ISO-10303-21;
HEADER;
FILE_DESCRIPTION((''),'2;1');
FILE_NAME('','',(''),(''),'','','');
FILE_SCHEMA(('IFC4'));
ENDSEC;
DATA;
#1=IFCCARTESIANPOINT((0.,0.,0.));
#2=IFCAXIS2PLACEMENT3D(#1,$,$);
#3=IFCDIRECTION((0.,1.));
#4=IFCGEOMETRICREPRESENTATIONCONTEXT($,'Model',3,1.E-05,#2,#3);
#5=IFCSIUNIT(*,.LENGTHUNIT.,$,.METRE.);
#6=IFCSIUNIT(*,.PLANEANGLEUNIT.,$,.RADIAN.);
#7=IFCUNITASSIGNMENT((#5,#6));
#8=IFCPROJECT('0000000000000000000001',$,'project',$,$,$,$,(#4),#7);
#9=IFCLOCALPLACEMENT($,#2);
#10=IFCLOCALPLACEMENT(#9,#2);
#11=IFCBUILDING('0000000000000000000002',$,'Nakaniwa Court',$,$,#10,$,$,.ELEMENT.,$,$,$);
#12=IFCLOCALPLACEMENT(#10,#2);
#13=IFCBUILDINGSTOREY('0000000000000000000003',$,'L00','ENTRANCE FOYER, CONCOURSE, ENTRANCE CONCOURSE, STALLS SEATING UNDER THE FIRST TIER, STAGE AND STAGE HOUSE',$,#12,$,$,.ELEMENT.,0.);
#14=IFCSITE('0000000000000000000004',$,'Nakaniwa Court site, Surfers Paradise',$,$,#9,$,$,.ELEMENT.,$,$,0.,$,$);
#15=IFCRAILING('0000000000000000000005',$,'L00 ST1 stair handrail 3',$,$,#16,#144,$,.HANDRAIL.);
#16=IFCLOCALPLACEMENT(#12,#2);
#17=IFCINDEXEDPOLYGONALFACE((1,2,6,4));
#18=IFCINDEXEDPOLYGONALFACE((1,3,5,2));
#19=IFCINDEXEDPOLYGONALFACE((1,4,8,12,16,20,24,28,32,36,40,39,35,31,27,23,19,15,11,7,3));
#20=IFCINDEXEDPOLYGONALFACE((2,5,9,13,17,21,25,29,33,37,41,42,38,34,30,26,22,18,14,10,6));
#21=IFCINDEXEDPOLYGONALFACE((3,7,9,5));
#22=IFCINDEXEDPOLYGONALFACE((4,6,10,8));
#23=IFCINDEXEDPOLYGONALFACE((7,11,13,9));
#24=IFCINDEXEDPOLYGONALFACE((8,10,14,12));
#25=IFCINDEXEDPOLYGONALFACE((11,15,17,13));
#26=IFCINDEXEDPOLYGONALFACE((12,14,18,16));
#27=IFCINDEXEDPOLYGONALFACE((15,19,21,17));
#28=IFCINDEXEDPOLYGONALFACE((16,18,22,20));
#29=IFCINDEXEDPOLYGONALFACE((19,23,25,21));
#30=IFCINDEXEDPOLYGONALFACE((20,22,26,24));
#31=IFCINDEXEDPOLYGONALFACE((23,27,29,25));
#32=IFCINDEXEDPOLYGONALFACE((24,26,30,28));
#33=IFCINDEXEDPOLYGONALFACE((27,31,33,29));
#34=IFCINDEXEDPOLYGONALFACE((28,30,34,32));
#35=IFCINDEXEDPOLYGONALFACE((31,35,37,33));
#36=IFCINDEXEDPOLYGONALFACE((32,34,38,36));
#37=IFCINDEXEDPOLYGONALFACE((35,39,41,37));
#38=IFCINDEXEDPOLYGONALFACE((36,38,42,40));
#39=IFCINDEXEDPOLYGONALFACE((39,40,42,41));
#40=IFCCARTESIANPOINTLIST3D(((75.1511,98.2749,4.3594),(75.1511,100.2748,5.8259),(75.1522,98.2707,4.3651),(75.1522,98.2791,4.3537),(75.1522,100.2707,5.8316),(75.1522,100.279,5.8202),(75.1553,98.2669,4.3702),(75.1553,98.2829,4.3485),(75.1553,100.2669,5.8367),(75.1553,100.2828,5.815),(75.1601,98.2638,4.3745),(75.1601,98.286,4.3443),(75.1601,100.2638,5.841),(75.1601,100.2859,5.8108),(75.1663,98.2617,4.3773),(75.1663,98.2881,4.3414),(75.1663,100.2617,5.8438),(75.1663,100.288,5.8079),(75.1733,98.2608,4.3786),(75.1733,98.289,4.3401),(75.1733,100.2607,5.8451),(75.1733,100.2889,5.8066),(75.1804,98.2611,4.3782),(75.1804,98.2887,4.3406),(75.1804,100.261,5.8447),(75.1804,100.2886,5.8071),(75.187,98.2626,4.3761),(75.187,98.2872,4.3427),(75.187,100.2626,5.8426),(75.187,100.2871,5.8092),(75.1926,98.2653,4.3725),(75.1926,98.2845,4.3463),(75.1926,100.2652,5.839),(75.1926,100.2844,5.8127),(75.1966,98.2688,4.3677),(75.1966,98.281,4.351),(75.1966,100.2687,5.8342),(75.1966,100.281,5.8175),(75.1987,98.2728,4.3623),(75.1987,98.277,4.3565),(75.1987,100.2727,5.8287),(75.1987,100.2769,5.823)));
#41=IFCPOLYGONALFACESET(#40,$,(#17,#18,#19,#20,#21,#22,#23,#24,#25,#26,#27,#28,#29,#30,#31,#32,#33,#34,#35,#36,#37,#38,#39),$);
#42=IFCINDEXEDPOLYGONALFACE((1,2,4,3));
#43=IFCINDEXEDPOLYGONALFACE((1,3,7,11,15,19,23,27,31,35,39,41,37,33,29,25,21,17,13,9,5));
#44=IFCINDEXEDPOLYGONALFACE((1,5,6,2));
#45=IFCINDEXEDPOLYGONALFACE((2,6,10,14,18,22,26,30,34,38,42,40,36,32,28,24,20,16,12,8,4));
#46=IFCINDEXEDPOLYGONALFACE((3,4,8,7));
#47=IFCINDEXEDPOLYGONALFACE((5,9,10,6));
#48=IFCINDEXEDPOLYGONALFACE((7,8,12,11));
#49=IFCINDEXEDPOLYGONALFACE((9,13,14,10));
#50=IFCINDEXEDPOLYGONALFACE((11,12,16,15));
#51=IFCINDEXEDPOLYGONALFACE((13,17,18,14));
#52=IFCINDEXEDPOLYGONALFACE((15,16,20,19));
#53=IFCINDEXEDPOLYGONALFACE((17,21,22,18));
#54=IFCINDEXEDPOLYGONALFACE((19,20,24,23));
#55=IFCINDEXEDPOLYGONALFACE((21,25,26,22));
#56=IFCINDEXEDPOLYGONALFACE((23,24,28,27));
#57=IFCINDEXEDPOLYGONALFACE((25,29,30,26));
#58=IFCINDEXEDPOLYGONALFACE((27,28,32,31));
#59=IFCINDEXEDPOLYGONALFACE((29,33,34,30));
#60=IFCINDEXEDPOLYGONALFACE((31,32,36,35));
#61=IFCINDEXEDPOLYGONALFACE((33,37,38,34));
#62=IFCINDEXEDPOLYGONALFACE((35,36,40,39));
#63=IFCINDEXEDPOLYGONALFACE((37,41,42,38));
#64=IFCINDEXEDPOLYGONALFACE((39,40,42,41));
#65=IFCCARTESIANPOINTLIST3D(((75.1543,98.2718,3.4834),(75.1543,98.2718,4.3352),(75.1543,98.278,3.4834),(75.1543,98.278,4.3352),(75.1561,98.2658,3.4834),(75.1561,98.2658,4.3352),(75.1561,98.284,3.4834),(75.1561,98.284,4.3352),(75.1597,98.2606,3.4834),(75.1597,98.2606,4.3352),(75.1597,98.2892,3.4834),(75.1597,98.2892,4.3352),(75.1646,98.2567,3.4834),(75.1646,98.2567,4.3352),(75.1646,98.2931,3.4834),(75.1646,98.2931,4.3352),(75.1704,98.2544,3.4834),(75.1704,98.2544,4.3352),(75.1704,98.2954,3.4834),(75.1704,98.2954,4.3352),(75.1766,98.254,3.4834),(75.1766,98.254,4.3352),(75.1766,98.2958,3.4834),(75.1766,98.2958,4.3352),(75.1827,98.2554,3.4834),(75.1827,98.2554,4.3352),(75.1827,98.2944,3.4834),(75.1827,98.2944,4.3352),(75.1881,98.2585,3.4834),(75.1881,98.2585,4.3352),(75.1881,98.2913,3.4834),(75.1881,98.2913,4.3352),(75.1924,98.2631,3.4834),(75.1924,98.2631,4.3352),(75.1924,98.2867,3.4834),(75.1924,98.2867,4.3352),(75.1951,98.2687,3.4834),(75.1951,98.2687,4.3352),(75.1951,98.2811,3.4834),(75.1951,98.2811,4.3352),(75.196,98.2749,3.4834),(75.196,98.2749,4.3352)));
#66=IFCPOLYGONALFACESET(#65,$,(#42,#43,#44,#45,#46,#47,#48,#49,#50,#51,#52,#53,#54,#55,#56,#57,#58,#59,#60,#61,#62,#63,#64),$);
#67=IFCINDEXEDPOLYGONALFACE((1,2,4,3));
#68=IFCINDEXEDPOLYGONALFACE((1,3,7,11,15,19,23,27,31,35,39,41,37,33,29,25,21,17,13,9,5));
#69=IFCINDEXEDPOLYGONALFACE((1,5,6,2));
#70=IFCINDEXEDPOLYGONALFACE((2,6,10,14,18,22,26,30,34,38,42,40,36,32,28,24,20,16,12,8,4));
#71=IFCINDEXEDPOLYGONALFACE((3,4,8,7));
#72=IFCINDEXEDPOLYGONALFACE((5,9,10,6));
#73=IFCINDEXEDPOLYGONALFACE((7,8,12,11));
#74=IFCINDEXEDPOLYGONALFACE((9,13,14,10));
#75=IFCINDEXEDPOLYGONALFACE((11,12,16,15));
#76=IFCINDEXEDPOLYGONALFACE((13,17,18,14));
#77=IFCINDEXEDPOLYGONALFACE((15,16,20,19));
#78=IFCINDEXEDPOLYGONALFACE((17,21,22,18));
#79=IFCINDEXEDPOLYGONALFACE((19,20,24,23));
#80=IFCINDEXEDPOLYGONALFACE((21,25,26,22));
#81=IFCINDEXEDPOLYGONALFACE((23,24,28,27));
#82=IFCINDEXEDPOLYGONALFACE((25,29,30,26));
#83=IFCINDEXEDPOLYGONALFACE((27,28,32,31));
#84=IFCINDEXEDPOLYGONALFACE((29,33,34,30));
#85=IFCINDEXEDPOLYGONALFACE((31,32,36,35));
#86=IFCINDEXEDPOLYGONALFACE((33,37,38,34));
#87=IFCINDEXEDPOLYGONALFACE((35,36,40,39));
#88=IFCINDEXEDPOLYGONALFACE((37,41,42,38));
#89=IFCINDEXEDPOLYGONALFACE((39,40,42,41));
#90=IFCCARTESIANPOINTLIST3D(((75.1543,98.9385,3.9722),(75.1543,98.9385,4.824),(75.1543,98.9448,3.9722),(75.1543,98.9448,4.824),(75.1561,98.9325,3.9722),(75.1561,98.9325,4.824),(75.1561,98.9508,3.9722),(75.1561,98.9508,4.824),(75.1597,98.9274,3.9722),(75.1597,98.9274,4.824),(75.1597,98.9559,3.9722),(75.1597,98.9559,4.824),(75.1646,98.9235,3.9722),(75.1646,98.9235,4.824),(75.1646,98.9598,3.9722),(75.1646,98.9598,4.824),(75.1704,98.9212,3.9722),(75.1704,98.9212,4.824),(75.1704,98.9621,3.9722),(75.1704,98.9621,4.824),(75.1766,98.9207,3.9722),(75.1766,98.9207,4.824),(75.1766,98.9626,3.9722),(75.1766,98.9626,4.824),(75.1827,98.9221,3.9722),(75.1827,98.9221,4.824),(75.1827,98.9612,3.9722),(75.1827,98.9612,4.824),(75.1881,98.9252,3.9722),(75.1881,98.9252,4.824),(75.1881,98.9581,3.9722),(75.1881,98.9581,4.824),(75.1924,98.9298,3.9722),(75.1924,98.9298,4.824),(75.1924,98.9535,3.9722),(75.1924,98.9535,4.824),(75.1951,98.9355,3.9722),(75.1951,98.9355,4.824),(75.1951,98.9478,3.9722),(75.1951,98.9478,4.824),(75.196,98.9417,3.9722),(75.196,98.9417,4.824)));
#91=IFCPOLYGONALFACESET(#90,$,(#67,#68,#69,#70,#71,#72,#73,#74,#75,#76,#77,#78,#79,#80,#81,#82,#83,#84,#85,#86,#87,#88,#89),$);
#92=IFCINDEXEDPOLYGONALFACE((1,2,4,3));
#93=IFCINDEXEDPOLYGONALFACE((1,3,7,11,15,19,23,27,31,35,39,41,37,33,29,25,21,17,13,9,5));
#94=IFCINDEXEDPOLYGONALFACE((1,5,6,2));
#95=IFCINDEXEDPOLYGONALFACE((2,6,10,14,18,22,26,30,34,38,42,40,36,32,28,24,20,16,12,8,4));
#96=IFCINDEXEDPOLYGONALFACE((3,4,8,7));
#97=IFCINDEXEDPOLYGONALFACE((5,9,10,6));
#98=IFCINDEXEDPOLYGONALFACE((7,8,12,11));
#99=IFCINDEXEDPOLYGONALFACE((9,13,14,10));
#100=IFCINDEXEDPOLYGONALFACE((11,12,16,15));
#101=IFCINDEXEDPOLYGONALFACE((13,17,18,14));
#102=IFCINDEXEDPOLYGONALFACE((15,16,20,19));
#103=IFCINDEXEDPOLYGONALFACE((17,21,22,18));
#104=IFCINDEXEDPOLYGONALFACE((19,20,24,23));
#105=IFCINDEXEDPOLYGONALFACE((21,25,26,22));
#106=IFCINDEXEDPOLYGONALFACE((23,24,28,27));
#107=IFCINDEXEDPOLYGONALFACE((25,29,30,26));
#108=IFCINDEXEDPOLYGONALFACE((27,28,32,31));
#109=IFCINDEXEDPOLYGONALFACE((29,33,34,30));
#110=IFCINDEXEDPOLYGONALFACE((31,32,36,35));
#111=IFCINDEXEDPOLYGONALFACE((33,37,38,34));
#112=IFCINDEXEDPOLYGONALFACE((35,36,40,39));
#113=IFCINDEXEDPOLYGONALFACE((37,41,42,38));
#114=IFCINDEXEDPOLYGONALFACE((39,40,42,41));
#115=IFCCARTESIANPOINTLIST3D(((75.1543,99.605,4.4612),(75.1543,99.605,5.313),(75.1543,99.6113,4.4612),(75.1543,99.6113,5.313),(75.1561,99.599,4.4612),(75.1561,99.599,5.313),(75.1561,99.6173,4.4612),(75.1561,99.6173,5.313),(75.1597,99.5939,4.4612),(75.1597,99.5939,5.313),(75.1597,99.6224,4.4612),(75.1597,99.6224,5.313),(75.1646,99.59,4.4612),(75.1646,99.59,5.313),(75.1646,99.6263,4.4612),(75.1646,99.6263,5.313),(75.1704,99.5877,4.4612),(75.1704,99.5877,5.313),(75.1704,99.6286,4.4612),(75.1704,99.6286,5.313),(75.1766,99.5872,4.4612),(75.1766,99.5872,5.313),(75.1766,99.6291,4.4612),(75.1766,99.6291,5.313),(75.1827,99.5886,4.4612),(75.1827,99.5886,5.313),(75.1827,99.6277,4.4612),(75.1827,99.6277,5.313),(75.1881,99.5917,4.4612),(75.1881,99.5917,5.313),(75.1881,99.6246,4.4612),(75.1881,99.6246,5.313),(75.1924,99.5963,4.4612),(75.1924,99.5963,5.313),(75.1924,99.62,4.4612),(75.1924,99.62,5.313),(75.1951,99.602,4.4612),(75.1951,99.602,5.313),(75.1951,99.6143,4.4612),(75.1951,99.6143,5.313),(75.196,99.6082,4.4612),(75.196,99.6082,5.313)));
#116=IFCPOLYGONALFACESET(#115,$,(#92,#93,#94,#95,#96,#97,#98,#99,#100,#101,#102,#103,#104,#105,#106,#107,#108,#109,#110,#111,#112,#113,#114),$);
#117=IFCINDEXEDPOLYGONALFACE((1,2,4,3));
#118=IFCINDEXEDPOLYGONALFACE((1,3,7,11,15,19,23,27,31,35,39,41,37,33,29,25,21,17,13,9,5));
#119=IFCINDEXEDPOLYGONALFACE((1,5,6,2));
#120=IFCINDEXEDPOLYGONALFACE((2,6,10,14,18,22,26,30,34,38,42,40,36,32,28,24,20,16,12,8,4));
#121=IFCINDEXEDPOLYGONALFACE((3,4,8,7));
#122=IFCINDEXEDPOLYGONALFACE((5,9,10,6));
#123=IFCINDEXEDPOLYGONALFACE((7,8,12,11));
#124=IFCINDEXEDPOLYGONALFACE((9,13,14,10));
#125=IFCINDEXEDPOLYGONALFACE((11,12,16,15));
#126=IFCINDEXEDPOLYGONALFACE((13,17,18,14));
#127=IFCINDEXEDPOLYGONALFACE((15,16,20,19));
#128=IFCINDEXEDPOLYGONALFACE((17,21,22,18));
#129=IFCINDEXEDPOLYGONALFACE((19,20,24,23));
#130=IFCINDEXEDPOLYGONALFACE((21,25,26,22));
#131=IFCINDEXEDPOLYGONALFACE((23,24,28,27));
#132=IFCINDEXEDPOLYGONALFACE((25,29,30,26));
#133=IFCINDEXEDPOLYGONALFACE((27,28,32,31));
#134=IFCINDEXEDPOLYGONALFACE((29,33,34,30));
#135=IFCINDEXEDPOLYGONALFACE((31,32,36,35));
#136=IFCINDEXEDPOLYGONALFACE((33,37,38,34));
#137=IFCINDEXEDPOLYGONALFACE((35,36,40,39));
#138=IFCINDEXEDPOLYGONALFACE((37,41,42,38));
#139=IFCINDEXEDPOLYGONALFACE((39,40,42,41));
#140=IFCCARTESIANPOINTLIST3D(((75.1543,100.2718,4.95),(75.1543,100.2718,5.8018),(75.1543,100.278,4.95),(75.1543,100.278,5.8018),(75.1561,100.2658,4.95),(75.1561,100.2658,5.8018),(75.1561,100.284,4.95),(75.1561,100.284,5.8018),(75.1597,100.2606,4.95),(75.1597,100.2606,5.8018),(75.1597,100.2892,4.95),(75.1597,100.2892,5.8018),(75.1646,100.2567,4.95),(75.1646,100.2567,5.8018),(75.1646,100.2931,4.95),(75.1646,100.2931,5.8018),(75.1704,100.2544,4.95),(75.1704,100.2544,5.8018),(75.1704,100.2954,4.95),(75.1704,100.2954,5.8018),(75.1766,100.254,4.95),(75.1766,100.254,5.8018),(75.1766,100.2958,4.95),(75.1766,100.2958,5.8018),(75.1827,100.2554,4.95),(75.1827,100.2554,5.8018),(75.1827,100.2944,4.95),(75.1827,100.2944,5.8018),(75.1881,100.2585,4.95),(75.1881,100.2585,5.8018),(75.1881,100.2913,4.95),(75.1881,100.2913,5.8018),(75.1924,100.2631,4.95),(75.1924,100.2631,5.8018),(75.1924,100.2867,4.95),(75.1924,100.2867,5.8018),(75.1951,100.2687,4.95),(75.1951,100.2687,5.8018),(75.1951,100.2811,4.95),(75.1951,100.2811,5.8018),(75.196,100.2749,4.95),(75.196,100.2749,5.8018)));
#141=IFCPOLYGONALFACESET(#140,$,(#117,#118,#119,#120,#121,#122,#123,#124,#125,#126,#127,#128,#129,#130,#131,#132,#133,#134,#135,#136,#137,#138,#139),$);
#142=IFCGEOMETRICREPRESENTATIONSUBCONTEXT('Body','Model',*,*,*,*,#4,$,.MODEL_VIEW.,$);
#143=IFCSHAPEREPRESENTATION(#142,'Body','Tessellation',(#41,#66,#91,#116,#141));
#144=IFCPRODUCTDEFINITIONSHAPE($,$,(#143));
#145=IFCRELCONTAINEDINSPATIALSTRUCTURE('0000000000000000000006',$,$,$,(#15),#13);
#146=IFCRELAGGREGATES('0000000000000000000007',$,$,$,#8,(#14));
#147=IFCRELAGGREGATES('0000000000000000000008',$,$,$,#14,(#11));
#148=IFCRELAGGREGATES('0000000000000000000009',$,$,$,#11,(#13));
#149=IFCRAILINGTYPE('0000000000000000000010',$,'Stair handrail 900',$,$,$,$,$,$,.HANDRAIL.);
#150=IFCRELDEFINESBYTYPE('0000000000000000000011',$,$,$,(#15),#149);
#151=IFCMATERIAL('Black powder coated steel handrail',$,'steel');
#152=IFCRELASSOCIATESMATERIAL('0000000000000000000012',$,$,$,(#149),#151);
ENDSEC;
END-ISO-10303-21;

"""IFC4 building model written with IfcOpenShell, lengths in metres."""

from ifc_helpers import new_model, si_unit, direction, frame, origin, origin_2d, place, context, subcontext, project, spatial, circle, extrude, material, type_object, element, save


model = new_model("IFC4")

# Units and contexts
model_context = context("Model", 3, precision=1e-05, world=origin(), true_north=direction((0.0, 1.0)))
body_context = subcontext(model_context, "Body", "Model", "MODEL_VIEW")
ifc_project = project(units=[si_unit("LENGTHUNIT", "METRE"), si_unit("PLANEANGLEUNIT", "RADIAN")], contexts=[model_context])

# Site, building, storey
site_placement = place(None, origin())
site = spatial("IfcSite", under=ifc_project, at=site_placement, Name="Nakaniwa Court site, Surfers Paradise", CompositionType="ELEMENT", RefElevation=0.0)
building_placement = place(site_placement, origin())
building = spatial("IfcBuilding", under=site, at=building_placement, Name="Nakaniwa Court", CompositionType="ELEMENT")
storey_placement = place(building_placement, origin())
storey = spatial("IfcBuildingStorey", under=building, at=storey_placement, Name="L00", Description="ENTRANCE FOYER, CONCOURSE, ENTRANCE CONCOURSE, STALLS SEATING UNDER THE FIRST TIER, STAGE AND STAGE HOUSE", CompositionType="ELEMENT", Elevation=0.0)

# Railing
ifc_material_1 = material(Name="Black powder coated steel handrail", Category="steel")
railing_type_1 = type_object("IfcRailingType", Name="Stair handrail 900", PredefinedType="HANDRAIL", material=ifc_material_1)
for number, where, name in (
    (1, (75.175, 98.2749, 3.4834), "L00 ST1 stair handrail 3"),
):
    element("IfcRailing", number, at=place(storey_placement, frame(where)), inside=storey, type_object=railing_type_1, Name=name, PredefinedType="HANDRAIL", context=body_context, shape_type="SweptSolid", body=[
        extrude(circle(Radius=0.0239, at=origin_2d()), frame((0.0, 0.0, 0.876), z_axis=(0.0, 0.806427, 0.591334), x_axis=(-1.0, 0.0, 0.0)), (0.0, 0.0, 1.0), 2.48),
        extrude(circle(Radius=0.021, at=origin_2d()), origin(), (0.0, 0.0, 1.0), 0.8518),
        extrude(circle(Radius=0.021, at=origin_2d()), frame((0.0, 0.6667, 0.4888)), (0.0, 0.0, 1.0), 0.8518),
        extrude(circle(Radius=0.021, at=origin_2d()), frame((0.0, 1.3333, 0.9778)), (0.0, 0.0, 1.0), 0.8518),
        extrude(circle(Radius=0.021, at=origin_2d()), frame((0.0, 2.0, 1.4666)), (0.0, 0.0, 1.0), 0.8518),
    ])

save(model, "model.ifc")
